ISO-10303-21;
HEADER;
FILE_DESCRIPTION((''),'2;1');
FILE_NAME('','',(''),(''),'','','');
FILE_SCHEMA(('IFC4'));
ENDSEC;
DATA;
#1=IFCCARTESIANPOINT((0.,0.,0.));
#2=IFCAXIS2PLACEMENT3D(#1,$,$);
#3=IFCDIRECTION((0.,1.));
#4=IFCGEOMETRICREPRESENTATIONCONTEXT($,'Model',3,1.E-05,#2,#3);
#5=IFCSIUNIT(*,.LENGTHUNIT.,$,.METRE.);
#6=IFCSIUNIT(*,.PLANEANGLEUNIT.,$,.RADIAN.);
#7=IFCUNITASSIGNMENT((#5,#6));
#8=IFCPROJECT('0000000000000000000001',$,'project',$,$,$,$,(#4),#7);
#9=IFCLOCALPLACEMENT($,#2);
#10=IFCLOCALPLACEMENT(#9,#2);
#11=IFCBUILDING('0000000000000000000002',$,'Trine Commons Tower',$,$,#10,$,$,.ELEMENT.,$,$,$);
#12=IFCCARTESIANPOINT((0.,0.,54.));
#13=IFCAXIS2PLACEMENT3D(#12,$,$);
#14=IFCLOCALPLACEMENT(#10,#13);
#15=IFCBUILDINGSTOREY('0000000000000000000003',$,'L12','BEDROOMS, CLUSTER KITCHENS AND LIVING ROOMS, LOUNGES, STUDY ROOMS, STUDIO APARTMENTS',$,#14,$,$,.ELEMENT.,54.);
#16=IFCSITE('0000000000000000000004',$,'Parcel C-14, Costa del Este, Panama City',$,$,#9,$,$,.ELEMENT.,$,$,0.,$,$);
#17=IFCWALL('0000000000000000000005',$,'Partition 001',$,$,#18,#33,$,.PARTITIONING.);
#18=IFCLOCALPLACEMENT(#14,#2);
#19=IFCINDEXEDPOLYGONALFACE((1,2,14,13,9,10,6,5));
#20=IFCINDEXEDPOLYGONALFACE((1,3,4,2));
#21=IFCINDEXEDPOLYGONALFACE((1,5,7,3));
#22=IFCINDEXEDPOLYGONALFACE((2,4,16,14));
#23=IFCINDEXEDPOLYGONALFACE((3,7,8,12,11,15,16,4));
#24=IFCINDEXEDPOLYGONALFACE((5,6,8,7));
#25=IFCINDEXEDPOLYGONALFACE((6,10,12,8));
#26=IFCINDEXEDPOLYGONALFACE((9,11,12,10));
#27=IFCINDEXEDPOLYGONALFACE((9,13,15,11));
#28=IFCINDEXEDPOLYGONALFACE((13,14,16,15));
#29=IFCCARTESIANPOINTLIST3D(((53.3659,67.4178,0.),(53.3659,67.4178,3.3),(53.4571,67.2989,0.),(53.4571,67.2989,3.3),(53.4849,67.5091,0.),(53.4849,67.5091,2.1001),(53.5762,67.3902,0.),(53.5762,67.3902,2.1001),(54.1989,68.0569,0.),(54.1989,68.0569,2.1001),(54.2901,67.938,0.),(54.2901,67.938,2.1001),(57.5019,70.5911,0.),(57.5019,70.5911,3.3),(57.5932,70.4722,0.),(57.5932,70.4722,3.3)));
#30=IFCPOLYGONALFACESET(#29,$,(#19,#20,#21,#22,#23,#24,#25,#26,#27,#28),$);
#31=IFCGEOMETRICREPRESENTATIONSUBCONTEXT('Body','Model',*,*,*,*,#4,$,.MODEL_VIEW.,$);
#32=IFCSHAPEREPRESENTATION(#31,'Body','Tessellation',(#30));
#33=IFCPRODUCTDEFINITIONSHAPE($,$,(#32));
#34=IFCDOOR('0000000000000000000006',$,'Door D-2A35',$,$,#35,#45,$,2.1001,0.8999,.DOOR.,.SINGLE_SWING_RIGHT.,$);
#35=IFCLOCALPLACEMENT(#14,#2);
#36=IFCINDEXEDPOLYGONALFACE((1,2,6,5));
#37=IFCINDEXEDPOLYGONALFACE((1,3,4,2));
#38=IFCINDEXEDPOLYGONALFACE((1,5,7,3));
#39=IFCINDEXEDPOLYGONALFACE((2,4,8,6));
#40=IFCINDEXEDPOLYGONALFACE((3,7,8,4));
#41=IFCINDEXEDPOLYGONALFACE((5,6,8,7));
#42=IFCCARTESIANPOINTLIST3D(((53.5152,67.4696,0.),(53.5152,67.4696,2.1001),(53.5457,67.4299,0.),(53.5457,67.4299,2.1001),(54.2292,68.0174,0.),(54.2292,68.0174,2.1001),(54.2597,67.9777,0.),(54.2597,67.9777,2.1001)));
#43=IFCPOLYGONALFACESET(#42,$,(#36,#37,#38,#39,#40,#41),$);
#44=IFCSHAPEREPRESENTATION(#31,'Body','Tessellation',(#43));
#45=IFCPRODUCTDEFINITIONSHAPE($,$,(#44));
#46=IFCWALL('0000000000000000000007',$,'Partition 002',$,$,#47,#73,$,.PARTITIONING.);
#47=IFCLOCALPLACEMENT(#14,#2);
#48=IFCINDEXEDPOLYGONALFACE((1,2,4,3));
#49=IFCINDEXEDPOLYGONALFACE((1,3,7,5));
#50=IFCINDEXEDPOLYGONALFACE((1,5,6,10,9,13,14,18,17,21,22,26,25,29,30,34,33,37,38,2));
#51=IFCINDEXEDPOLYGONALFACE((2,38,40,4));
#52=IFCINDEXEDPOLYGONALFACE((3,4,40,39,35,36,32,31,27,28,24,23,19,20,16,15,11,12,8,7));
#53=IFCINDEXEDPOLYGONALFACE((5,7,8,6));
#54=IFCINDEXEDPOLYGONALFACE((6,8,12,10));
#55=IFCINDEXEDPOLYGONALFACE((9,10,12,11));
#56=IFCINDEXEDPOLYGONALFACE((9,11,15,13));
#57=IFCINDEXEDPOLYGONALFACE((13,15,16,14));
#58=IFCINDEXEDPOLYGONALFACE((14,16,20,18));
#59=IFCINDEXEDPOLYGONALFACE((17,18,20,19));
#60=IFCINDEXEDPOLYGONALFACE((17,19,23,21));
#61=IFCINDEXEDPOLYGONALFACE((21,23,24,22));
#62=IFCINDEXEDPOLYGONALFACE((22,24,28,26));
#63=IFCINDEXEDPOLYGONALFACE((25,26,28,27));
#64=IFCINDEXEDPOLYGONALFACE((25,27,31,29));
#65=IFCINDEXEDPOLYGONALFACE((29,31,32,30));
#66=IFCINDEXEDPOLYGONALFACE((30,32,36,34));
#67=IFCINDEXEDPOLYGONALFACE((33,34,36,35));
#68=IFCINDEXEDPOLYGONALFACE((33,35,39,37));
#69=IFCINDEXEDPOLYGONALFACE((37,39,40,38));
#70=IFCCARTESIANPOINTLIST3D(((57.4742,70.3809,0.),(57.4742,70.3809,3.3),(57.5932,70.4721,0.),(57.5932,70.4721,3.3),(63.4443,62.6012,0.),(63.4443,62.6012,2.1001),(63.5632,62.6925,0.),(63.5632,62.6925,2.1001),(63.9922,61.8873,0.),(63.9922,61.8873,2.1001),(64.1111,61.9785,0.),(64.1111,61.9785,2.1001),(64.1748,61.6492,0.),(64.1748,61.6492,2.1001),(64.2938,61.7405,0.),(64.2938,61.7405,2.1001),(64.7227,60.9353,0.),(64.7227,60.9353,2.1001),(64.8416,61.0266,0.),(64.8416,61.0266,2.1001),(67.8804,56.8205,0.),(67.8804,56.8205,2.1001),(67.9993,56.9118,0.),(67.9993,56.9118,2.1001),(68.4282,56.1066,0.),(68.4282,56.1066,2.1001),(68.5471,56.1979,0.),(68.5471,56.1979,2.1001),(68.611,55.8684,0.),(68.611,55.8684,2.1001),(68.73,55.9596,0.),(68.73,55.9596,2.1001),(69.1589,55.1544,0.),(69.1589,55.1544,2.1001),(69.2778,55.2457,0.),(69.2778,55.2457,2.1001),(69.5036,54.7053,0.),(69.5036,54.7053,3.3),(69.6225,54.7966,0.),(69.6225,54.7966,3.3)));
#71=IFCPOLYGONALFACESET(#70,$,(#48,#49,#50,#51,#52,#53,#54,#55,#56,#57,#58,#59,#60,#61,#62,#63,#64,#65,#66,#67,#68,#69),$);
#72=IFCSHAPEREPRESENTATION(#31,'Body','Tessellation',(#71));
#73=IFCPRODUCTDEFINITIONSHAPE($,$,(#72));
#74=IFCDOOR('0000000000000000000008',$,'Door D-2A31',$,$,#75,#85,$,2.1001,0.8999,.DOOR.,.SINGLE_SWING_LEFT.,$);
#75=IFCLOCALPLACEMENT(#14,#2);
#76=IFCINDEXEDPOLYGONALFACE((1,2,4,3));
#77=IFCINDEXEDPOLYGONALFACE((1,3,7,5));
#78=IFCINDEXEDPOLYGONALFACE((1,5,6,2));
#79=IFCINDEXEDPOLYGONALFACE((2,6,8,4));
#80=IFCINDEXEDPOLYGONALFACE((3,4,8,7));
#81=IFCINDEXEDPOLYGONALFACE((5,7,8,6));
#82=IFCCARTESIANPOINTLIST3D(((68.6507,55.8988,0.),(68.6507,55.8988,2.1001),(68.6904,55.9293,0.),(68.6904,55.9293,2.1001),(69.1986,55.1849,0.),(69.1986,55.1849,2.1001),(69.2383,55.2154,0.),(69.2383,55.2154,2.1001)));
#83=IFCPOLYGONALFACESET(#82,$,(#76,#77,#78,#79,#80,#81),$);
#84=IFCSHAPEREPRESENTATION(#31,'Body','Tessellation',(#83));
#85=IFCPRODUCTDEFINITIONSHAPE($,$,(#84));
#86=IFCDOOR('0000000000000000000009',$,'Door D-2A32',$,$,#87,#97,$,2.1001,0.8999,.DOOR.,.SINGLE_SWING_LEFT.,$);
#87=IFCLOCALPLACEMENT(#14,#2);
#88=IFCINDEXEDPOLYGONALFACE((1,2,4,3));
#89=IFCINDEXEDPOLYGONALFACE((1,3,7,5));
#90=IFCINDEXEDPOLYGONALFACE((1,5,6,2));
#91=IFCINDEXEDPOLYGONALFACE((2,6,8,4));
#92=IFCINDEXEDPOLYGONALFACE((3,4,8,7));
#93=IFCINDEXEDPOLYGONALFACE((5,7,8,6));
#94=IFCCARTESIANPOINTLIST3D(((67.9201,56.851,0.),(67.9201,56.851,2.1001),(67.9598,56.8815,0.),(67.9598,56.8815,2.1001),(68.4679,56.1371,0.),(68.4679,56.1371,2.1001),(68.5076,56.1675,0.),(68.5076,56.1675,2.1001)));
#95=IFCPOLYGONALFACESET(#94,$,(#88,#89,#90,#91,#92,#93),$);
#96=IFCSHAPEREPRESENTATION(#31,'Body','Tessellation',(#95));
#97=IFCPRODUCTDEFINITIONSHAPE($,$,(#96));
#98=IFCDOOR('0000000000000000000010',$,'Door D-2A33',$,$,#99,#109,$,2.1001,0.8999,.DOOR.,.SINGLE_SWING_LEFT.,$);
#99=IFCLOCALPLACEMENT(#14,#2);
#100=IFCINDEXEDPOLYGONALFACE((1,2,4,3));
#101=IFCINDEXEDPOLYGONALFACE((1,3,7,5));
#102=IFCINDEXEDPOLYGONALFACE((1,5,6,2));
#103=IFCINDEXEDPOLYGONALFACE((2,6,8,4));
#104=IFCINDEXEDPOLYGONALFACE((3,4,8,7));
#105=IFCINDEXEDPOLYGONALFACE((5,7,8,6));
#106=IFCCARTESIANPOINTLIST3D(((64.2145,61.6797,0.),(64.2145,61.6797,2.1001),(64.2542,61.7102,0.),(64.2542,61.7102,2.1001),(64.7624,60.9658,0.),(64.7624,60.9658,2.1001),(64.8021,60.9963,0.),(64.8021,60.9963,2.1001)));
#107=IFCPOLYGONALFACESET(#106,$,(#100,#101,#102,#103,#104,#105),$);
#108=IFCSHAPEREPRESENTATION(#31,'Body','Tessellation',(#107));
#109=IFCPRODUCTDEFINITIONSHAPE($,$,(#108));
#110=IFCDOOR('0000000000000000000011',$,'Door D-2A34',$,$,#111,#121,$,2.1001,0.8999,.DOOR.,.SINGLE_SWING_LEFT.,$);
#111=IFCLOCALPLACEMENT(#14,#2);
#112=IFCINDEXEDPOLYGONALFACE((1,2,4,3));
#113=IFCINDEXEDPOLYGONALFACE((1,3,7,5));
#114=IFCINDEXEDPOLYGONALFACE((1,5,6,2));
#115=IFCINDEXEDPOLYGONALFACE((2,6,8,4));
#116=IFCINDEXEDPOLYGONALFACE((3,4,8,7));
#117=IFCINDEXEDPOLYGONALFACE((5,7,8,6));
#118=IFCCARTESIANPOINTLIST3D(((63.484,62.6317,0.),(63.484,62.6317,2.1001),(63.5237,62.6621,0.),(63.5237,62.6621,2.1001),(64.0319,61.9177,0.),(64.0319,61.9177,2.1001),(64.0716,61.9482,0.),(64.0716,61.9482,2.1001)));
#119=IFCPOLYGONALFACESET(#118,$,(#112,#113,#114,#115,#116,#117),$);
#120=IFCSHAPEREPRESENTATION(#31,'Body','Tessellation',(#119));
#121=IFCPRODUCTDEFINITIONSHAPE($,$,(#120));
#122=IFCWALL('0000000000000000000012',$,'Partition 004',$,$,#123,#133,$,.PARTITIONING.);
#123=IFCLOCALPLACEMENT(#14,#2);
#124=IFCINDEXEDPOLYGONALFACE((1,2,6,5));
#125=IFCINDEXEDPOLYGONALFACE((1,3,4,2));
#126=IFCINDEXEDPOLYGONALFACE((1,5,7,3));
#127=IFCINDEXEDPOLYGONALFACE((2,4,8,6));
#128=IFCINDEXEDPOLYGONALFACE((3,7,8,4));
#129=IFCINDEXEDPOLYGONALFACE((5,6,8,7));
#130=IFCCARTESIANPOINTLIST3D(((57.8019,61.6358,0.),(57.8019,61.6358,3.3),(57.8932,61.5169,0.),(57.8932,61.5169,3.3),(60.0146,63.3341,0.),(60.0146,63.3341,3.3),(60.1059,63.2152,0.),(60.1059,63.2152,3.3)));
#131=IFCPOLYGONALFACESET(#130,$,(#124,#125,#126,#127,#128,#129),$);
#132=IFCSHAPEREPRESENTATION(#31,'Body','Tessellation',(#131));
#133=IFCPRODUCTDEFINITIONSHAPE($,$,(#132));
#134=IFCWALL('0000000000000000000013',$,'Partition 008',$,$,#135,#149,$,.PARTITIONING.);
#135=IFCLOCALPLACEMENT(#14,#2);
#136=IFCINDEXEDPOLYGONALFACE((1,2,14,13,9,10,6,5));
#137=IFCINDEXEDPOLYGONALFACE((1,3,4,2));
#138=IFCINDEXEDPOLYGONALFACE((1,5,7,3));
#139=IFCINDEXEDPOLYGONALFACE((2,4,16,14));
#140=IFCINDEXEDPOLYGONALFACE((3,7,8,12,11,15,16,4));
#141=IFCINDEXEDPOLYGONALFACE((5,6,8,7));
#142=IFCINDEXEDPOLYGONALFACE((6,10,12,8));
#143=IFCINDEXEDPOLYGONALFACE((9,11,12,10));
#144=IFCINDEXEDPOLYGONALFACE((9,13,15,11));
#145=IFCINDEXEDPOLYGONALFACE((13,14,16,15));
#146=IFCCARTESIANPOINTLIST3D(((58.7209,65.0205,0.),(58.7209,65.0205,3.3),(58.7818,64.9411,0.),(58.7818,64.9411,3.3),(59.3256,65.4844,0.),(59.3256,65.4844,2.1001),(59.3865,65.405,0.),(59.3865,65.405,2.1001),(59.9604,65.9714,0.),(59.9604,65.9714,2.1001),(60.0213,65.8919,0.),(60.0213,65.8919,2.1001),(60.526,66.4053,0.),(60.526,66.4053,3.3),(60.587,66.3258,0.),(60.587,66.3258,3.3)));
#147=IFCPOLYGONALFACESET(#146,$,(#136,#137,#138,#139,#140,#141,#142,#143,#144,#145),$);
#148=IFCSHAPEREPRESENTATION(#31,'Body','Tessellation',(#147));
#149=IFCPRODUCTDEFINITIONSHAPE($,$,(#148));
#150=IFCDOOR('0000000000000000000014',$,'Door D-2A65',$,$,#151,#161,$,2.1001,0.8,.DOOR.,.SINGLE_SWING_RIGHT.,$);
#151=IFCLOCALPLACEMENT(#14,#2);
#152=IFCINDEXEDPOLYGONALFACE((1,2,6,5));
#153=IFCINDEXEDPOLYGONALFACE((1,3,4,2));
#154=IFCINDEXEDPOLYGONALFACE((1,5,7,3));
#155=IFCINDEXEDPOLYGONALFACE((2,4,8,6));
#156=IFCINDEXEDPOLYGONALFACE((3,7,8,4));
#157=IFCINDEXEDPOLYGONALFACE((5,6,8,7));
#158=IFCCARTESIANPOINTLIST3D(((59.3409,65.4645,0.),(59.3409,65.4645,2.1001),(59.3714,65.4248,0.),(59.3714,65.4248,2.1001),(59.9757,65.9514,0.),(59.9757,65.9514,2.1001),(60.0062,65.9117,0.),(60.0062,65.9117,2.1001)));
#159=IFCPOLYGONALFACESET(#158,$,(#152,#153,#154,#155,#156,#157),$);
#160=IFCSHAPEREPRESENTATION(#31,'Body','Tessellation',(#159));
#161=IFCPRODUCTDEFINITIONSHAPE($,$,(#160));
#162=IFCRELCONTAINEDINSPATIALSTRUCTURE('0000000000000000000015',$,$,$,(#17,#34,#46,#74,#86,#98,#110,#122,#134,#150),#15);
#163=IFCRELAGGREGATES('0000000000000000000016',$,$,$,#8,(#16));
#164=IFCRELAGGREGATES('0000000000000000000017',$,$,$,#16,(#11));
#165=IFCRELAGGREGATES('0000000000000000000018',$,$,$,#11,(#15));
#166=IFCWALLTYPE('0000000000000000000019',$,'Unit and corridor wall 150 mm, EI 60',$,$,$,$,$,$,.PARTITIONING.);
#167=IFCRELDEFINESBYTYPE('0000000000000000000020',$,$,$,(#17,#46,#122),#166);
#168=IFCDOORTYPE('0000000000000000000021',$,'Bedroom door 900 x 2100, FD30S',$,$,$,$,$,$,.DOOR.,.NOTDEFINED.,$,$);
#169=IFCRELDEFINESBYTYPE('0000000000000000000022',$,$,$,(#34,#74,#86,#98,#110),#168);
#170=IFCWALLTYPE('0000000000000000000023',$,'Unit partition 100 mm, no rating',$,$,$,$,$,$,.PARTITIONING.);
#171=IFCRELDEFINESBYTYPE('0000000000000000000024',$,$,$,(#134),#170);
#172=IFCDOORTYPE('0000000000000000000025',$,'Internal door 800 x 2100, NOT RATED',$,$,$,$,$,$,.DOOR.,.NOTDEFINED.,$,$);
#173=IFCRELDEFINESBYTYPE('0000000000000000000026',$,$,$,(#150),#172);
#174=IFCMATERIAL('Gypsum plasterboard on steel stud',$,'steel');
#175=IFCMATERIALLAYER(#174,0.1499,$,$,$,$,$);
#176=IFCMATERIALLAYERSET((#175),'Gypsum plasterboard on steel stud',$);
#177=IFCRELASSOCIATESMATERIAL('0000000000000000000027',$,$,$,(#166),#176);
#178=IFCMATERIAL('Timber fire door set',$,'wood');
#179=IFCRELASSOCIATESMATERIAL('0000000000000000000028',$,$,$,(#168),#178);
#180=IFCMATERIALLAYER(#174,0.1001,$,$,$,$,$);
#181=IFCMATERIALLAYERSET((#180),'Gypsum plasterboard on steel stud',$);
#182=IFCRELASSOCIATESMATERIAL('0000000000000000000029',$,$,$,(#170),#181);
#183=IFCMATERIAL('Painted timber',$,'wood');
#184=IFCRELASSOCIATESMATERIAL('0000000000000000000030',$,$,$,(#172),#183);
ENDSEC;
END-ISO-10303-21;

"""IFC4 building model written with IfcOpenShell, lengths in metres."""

from ifc_helpers import new_model, si_unit, direction, frame, frame_2d, origin, place, context, subcontext, project, spatial, rectangle, extrude, material, layer, layer_set, type_object, element, fill, save


model = new_model("IFC4")

# Units and contexts
model_context = context("Model", 3, precision=1e-05, world=origin(), true_north=direction((0.0, 1.0)))
body_context = subcontext(model_context, "Body", "Model", "MODEL_VIEW")
ifc_project = project(units=[si_unit("LENGTHUNIT", "METRE"), si_unit("PLANEANGLEUNIT", "RADIAN")], contexts=[model_context])

# Site, building, storey
site_placement = place(None, origin())
site = spatial("IfcSite", under=ifc_project, at=site_placement, Name="Parcel C-14, Costa del Este, Panama City", CompositionType="ELEMENT", RefElevation=0.0)
building_placement = place(site_placement, origin())
building = spatial("IfcBuilding", under=site, at=building_placement, Name="Trine Commons Tower", CompositionType="ELEMENT")
storey_placement = place(building_placement, frame((0.0, 0.0, 54.0)))
storey = spatial("IfcBuildingStorey", under=building, at=storey_placement, Name="L12", Description="BEDROOMS, CLUSTER KITCHENS AND LIVING ROOMS, LOUNGES, STUDY ROOMS, STUDIO APARTMENTS", CompositionType="ELEMENT", Elevation=54.0)

# Wall, opening, door
ifc_material_1 = material(Name="Gypsum plasterboard on steel stud", Category="steel")
ifc_layer_1 = layer(ifc_material_1, 0.1499)
ifc_layer_set_1 = layer_set([ifc_layer_1], Name="Gypsum plasterboard on steel stud")
wall_type_1 = type_object("IfcWallType", Name="Unit and corridor wall 150 mm, EI 60", PredefinedType="PARTITIONING", material=ifc_layer_set_1)
wall_1_placement = place(storey_placement, frame((53.4116, 67.3584, 0.0), z_axis=(0.0, 0.0, 1.0), x_axis=(0.793382, 0.608724, 0.0)))
wall_1 = element("IfcWall", 1, at=wall_1_placement, inside=storey, type_object=wall_type_1, Name="Partition 001", PredefinedType="PARTITIONING", context=body_context, shape_type="SweptSolid", body=[
    extrude(rectangle(XDim=5.2131, YDim=0.1499, at=frame_2d((2.6064, 0.0))), origin(), (0.0, 0.0, 1.0), 3.3),
])
opening_1_placement = place(wall_1_placement, frame((0.1499, 0.0, 0.0)))
opening_1 = element("IfcOpeningElement", 2, at=opening_1_placement, cuts=wall_1, PredefinedType="OPENING", context=body_context, shape_type="SweptSolid", body=[
    extrude(rectangle(XDim=0.8999, YDim=2.1001, at=frame_2d((0.45, 1.05))), frame((0.0, 0.085, 0.0), z_axis=(0.0, -1.0, 0.0), x_axis=(1.0, 0.0, 0.0)), (0.0, 0.0, 1.0), 0.1699),
])
ifc_material_2 = material(Name="Timber fire door set", Category="wood")
door_type_1 = type_object("IfcDoorType", Name="Bedroom door 900 x 2100, FD30S", OperationType="NOTDEFINED", PredefinedType="DOOR", material=ifc_material_2)
door_1_placement = place(opening_1_placement, frame((0.8999, 0.0, 0.0), z_axis=(0.0, 0.0, 1.0), x_axis=(-1.0, 0.0, 0.0)))
door_1 = element("IfcDoor", 3, at=door_1_placement, inside=storey, type_object=door_type_1, Name="Door D-2A35", OperationType="SINGLE_SWING_RIGHT", OverallHeight=2.1001, OverallWidth=0.8999, PredefinedType="DOOR", context=body_context, shape_type="SweptSolid", body=[
    extrude(rectangle(XDim=0.8999, YDim=2.1001, at=frame_2d((0.45, 1.05))), frame((0.0, 0.0249, 0.0), z_axis=(0.0, -1.0, 0.0), x_axis=(1.0, 0.0, 0.0)), (0.0, 0.0, 1.0), 0.05),
])
fill(opening_1, door_1)

# Wall, openings, doors
wall_2_placement = place(storey_placement, frame((57.5337, 70.4265, 0.0), z_axis=(0.0, 0.0, 1.0), x_axis=(0.608794, -0.793328, 0.0)))
wall_2 = element("IfcWall", 4, at=wall_2_placement, inside=storey, type_object=wall_type_1, Name="Partition 002", PredefinedType="PARTITIONING", context=body_context, shape_type="SweptSolid", body=[
    extrude(rectangle(XDim=19.7593, YDim=0.1499, at=frame_2d((9.8796, 0.0))), origin(), (0.0, 0.0, 1.0), 3.3),
])
opening_2_placement = place(wall_2_placement, frame((18.2932, 0.0, 0.0)))
opening_2 = element("IfcOpeningElement", 5, at=opening_2_placement, cuts=wall_2, PredefinedType="OPENING", context=body_context, shape_type="SweptSolid", body=[
    extrude(rectangle(XDim=0.8999, YDim=2.1001, at=frame_2d((0.45, 1.05))), frame((0.0, 0.085, 0.0), z_axis=(0.0, -1.0, 0.0), x_axis=(1.0, 0.0, 0.0)), (0.0, 0.0, 1.0), 0.1699),
])
opening_3_placement = place(wall_2_placement, frame((17.093, 0.0, 0.0)))
opening_3 = element("IfcOpeningElement", 6, at=opening_3_placement, cuts=wall_2, PredefinedType="OPENING", context=body_context, shape_type="SweptSolid", body=[
    extrude(rectangle(XDim=0.8999, YDim=2.1001, at=frame_2d((0.45, 1.05))), frame((0.0, 0.085, 0.0), z_axis=(0.0, -1.0, 0.0), x_axis=(1.0, 0.0, 0.0)), (0.0, 0.0, 1.0), 0.1699),
])
opening_4_placement = place(wall_2_placement, frame((11.0063, 0.0, 0.0)))
opening_4 = element("IfcOpeningElement", 7, at=opening_4_placement, cuts=wall_2, PredefinedType="OPENING", context=body_context, shape_type="SweptSolid", body=[
    extrude(rectangle(XDim=0.8999, YDim=2.1001, at=frame_2d((0.45, 1.05))), frame((0.0, 0.085, 0.0), z_axis=(0.0, -1.0, 0.0), x_axis=(1.0, 0.0, 0.0)), (0.0, 0.0, 1.0), 0.1699),
])
opening_5_placement = place(wall_2_placement, frame((9.8064, 0.0, 0.0)))
opening_5 = element("IfcOpeningElement", 8, at=opening_5_placement, cuts=wall_2, PredefinedType="OPENING", context=body_context, shape_type="SweptSolid", body=[
    extrude(rectangle(XDim=0.8999, YDim=2.1001, at=frame_2d((0.45, 1.05))), frame((0.0, 0.085, 0.0), z_axis=(0.0, -1.0, 0.0), x_axis=(1.0, 0.0, 0.0)), (0.0, 0.0, 1.0), 0.1699),
])
door_2_placement = place(opening_2_placement, frame((0.8999, 0.0, 0.0), z_axis=(0.0, 0.0, 1.0), x_axis=(-1.0, 0.0, 0.0)))
door_2 = element("IfcDoor", 9, at=door_2_placement, inside=storey, type_object=door_type_1, Name="Door D-2A31", OperationType="SINGLE_SWING_LEFT", OverallHeight=2.1001, OverallWidth=0.8999, PredefinedType="DOOR", context=body_context, shape_type="SweptSolid", body=[
    extrude(rectangle(XDim=0.8999, YDim=2.1001, at=frame_2d((0.45, 1.05))), frame((0.0, 0.0249, 0.0), z_axis=(0.0, -1.0, 0.0), x_axis=(1.0, 0.0, 0.0)), (0.0, 0.0, 1.0), 0.05),
])
fill(opening_2, door_2)
door_3_placement = place(opening_3_placement, frame((0.8999, 0.0, 0.0), z_axis=(0.0, 0.0, 1.0), x_axis=(-1.0, 0.0, 0.0)))
door_3 = element("IfcDoor", 10, at=door_3_placement, inside=storey, type_object=door_type_1, Name="Door D-2A32", OperationType="SINGLE_SWING_LEFT", OverallHeight=2.1001, OverallWidth=0.8999, PredefinedType="DOOR", context=body_context, shape_type="SweptSolid", body=[
    extrude(rectangle(XDim=0.8999, YDim=2.1001, at=frame_2d((0.45, 1.05))), frame((0.0, 0.0249, 0.0), z_axis=(0.0, -1.0, 0.0), x_axis=(1.0, 0.0, 0.0)), (0.0, 0.0, 1.0), 0.05),
])
fill(opening_3, door_3)
door_4_placement = place(opening_4_placement, frame((0.8999, 0.0, 0.0), z_axis=(0.0, 0.0, 1.0), x_axis=(-1.0, 0.0, 0.0)))
door_4 = element("IfcDoor", 11, at=door_4_placement, inside=storey, type_object=door_type_1, Name="Door D-2A33", OperationType="SINGLE_SWING_LEFT", OverallHeight=2.1001, OverallWidth=0.8999, PredefinedType="DOOR", context=body_context, shape_type="SweptSolid", body=[
    extrude(rectangle(XDim=0.8999, YDim=2.1001, at=frame_2d((0.45, 1.05))), frame((0.0, 0.0249, 0.0), z_axis=(0.0, -1.0, 0.0), x_axis=(1.0, 0.0, 0.0)), (0.0, 0.0, 1.0), 0.05),
])
fill(opening_4, door_4)
door_5_placement = place(opening_5_placement, frame((0.8999, 0.0, 0.0), z_axis=(0.0, 0.0, 1.0), x_axis=(-1.0, 0.0, 0.0)))
door_5 = element("IfcDoor", 12, at=door_5_placement, inside=storey, type_object=door_type_1, Name="Door D-2A34", OperationType="SINGLE_SWING_LEFT", OverallHeight=2.1001, OverallWidth=0.8999, PredefinedType="DOOR", context=body_context, shape_type="SweptSolid", body=[
    extrude(rectangle(XDim=0.8999, YDim=2.1001, at=frame_2d((0.45, 1.05))), frame((0.0, 0.0249, 0.0), z_axis=(0.0, -1.0, 0.0), x_axis=(1.0, 0.0, 0.0)), (0.0, 0.0, 1.0), 0.05),
])
fill(opening_5, door_5)

# Wall
wall_3_placement = place(storey_placement, frame((57.8477, 61.5764, 0.0), z_axis=(0.0, 0.0, 1.0), x_axis=(0.793281, 0.608856, 0.0)))
element("IfcWall", 13, at=wall_3_placement, inside=storey, type_object=wall_type_1, Name="Partition 004", PredefinedType="PARTITIONING", context=body_context, shape_type="SweptSolid", body=[
    extrude(rectangle(XDim=2.7893, YDim=0.1499, at=frame_2d((1.3945, 0.0))), origin(), (0.0, 0.0, 1.0), 3.3),
])

# Wall, opening, door
ifc_layer_2 = layer(ifc_material_1, 0.1001)
ifc_layer_set_2 = layer_set([ifc_layer_2], Name="Gypsum plasterboard on steel stud")
wall_type_2 = type_object("IfcWallType", Name="Unit partition 100 mm, no rating", PredefinedType="PARTITIONING", material=ifc_layer_set_2)
wall_4_placement = place(storey_placement, frame((58.7512, 64.9807, 0.0), z_axis=(0.0, 0.0, 1.0), x_axis=(0.793437, 0.608652, 0.0)))
wall_4 = element("IfcWall", 14, at=wall_4_placement, inside=storey, type_object=wall_type_2, Name="Partition 008", PredefinedType="PARTITIONING", context=body_context, shape_type="SweptSolid", body=[
    extrude(rectangle(XDim=2.2751, YDim=0.1001, at=frame_2d((1.1377, 0.0))), origin(), (0.0, 0.0, 1.0), 3.3),
])
opening_6_placement = place(wall_4_placement, frame((0.7625, 0.0, 0.0)))
opening_6 = element("IfcOpeningElement", 15, at=opening_6_placement, cuts=wall_4, PredefinedType="OPENING", context=body_context, shape_type="SweptSolid", body=[
    extrude(rectangle(XDim=0.8, YDim=2.1001, at=frame_2d((0.3999, 1.05))), frame((0.0, 0.0601, 0.0), z_axis=(0.0, -1.0, 0.0), x_axis=(1.0, 0.0, 0.0)), (0.0, 0.0, 1.0), 0.1201),
])
ifc_material_3 = material(Name="Painted timber", Category="wood")
door_type_2 = type_object("IfcDoorType", Name="Internal door 800 x 2100, NOT RATED", OperationType="NOTDEFINED", PredefinedType="DOOR", material=ifc_material_3)
door_6_placement = place(opening_6_placement, origin())
door_6 = element("IfcDoor", 16, at=door_6_placement, inside=storey, type_object=door_type_2, Name="Door D-2A65", OperationType="SINGLE_SWING_RIGHT", OverallHeight=2.1001, OverallWidth=0.8, PredefinedType="DOOR", context=body_context, shape_type="SweptSolid", body=[
    extrude(rectangle(XDim=0.8, YDim=2.1001, at=frame_2d((0.3999, 1.05))), frame((0.0, 0.0249, 0.0), z_axis=(0.0, -1.0, 0.0), x_axis=(1.0, 0.0, 0.0)), (0.0, 0.0, 1.0), 0.05),
])
fill(opening_6, door_6)

save(model, "model.ifc")
